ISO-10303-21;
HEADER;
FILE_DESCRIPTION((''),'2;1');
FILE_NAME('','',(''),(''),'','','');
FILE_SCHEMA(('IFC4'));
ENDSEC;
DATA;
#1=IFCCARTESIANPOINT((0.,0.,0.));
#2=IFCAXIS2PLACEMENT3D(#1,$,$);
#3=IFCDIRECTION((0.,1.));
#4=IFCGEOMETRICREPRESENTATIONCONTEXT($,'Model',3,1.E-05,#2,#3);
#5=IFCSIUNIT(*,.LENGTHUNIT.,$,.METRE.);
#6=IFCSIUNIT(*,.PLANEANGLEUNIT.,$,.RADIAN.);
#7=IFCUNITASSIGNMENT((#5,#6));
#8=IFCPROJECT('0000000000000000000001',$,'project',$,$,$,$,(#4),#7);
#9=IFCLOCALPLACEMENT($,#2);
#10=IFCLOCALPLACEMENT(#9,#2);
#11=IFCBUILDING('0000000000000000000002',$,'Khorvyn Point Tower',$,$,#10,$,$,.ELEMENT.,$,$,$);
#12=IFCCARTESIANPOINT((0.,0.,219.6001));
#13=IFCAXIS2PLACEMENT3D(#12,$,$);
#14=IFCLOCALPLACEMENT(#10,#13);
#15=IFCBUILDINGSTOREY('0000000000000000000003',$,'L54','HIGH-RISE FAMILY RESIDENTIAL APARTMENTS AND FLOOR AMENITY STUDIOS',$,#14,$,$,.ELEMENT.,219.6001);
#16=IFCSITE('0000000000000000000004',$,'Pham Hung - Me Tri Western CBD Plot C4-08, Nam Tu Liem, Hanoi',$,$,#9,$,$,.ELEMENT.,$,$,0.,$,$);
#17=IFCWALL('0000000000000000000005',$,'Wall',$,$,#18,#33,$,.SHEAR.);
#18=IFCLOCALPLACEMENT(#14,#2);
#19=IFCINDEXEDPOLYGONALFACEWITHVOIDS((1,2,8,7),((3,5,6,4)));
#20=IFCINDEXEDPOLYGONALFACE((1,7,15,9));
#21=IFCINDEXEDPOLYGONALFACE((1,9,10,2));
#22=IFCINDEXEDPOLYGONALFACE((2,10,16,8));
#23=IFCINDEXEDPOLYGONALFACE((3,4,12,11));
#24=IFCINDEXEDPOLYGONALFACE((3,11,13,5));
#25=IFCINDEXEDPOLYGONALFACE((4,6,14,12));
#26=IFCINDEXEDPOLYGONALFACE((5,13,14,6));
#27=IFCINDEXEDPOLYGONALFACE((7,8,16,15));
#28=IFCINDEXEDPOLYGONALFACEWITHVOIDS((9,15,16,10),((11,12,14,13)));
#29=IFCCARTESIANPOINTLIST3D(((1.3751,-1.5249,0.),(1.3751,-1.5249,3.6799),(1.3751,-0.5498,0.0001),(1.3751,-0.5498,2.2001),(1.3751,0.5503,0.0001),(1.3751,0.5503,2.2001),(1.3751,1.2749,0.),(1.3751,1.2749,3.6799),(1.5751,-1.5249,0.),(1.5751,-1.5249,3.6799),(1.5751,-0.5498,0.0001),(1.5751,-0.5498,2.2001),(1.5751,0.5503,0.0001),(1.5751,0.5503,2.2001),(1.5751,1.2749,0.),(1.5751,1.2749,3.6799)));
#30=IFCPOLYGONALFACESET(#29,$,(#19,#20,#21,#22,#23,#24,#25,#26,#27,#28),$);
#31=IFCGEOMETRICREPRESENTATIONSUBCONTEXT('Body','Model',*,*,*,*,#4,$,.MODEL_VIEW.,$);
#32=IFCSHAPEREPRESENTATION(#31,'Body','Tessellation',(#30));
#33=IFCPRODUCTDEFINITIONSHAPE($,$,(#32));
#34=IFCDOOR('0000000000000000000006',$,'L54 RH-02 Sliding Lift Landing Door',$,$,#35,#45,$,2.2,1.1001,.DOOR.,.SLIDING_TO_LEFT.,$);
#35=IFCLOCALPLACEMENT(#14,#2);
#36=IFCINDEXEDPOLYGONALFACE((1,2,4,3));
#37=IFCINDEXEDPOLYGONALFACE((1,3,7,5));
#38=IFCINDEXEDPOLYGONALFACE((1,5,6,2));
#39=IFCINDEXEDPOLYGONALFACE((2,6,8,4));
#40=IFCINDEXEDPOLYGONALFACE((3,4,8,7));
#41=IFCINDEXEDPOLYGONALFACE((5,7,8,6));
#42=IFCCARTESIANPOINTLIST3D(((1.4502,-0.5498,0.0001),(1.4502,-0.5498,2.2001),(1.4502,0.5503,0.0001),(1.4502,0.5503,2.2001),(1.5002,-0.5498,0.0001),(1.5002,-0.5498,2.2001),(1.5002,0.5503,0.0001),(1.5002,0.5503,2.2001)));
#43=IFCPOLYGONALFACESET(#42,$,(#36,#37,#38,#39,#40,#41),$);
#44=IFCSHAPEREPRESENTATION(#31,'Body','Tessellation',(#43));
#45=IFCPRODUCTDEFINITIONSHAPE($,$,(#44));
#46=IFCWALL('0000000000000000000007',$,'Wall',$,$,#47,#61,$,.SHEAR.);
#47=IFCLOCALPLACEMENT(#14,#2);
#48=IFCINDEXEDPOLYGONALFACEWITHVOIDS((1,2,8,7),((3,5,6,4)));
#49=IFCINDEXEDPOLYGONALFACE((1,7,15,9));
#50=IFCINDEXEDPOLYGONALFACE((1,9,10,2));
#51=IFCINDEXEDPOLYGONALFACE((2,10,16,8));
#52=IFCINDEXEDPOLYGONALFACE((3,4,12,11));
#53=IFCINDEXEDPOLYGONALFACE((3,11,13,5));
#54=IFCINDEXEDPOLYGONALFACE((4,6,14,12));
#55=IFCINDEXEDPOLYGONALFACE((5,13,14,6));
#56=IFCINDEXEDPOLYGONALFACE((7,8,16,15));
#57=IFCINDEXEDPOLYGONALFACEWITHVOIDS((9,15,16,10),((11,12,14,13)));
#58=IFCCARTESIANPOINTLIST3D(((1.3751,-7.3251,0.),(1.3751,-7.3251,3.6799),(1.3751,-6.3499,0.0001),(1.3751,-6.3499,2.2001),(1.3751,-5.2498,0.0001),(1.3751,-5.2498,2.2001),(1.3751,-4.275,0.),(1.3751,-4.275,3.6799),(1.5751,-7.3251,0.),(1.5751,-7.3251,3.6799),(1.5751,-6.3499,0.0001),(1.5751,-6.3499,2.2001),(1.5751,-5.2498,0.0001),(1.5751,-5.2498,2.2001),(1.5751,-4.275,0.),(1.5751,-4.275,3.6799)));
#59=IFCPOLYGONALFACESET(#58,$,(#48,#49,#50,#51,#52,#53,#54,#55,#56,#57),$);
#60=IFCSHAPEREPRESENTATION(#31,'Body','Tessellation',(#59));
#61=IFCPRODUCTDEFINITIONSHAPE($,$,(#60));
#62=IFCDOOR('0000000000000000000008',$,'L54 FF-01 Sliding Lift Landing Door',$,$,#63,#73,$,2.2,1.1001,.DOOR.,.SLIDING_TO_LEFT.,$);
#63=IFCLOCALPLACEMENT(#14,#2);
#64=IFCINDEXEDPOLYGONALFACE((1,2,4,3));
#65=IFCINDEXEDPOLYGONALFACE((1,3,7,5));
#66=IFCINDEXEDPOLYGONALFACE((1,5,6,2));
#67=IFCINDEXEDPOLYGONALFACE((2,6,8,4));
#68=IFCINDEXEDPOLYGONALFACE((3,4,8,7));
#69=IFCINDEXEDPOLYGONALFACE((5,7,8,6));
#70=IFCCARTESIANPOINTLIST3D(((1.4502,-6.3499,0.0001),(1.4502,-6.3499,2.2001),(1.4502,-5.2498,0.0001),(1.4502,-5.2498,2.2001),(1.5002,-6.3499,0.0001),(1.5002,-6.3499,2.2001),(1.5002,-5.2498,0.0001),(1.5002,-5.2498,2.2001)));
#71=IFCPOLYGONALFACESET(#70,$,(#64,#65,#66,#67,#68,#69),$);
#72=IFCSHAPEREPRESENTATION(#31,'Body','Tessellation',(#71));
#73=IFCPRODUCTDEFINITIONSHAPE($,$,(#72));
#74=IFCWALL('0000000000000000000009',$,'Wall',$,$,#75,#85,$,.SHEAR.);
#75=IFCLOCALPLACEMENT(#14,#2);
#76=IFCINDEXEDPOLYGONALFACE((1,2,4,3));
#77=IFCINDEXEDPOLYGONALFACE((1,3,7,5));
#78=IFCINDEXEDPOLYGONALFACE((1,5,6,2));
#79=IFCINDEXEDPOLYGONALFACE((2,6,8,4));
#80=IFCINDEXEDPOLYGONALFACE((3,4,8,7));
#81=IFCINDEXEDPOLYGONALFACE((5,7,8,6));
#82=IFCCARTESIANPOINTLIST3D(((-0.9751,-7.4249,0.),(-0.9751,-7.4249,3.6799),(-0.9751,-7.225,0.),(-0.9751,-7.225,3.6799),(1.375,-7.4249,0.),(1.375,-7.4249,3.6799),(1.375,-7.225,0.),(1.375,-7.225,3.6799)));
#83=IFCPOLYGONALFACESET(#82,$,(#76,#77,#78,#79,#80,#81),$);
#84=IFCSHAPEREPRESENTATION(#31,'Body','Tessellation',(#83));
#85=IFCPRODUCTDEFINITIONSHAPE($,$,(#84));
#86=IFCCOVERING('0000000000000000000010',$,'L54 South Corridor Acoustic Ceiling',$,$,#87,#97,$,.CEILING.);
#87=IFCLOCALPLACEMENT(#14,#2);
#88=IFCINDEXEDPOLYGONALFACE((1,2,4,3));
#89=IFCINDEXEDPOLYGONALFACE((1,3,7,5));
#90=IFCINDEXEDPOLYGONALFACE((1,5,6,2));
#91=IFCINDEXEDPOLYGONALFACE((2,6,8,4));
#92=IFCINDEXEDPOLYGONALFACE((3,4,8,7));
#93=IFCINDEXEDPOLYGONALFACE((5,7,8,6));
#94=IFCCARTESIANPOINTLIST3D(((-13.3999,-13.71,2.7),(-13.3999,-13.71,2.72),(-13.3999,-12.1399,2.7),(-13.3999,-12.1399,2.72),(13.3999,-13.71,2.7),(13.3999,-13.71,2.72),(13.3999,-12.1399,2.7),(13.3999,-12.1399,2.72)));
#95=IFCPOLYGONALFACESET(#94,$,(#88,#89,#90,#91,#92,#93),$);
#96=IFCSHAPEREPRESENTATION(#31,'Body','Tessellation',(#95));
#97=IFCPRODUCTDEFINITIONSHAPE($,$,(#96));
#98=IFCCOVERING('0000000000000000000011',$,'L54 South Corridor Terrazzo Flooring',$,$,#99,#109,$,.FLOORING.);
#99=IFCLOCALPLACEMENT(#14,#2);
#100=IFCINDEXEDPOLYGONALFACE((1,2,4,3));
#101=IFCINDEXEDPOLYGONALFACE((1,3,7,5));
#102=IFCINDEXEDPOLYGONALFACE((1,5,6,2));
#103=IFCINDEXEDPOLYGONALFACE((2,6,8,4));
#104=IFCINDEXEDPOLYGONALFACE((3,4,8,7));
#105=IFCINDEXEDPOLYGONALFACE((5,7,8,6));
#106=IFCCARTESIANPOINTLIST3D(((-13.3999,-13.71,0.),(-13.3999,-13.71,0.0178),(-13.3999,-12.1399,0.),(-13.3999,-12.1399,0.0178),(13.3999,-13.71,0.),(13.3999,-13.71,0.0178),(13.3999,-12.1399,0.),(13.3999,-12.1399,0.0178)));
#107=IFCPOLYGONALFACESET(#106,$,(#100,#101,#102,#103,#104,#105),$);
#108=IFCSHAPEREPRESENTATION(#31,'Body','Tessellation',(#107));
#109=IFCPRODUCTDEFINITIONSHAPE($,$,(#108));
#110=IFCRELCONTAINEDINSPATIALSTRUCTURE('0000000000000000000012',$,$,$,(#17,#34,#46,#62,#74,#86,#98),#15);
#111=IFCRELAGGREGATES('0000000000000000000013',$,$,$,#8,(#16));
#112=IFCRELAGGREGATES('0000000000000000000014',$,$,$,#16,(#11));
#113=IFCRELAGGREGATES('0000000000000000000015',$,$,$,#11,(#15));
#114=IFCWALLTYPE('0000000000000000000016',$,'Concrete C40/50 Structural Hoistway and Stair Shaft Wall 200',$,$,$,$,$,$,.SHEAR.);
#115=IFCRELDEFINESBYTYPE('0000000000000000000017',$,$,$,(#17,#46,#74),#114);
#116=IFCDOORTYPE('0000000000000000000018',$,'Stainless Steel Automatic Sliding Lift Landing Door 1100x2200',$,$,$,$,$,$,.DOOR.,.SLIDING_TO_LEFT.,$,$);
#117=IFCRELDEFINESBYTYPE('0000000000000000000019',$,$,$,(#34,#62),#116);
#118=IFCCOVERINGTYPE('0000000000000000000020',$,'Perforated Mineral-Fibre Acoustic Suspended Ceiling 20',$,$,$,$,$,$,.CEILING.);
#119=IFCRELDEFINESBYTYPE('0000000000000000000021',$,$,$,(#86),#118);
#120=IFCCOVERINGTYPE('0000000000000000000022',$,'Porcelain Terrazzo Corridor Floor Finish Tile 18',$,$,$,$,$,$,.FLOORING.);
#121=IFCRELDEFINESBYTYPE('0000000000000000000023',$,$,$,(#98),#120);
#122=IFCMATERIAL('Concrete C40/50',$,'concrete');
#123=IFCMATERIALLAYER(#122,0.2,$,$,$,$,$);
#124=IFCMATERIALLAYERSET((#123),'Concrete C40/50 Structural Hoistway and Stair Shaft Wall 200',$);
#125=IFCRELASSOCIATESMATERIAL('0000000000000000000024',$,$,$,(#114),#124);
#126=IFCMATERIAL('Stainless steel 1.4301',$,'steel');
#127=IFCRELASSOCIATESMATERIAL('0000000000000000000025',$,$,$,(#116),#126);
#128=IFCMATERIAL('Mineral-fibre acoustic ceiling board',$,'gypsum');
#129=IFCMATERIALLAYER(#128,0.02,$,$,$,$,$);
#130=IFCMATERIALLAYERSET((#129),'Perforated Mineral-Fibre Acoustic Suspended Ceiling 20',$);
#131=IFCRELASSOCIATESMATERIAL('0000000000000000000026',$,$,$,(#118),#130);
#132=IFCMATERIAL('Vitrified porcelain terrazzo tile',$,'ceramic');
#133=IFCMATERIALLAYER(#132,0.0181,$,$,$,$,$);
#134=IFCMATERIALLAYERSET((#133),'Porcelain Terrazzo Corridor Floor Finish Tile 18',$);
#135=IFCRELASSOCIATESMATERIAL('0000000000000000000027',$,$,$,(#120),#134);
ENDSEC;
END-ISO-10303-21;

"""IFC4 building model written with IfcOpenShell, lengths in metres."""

from ifc_helpers import new_model, si_unit, direction, frame, frame_2d, origin, place, context, subcontext, project, spatial, polyline, rectangle, outline, extrude, material, layer, layer_set, type_object, element, fill, save


model = new_model("IFC4")

# Units and contexts
model_context = context("Model", 3, precision=1e-05, world=origin(), true_north=direction((0.0, 1.0)))
body_context = subcontext(model_context, "Body", "Model", "MODEL_VIEW")
ifc_project = project(units=[si_unit("LENGTHUNIT", "METRE"), si_unit("PLANEANGLEUNIT", "RADIAN")], contexts=[model_context])

# Site, building, storey
site_placement = place(None, origin())
site = spatial("IfcSite", under=ifc_project, at=site_placement, Name="Pham Hung - Me Tri Western CBD Plot C4-08, Nam Tu Liem, Hanoi", CompositionType="ELEMENT", RefElevation=0.0)
building_placement = place(site_placement, origin())
building = spatial("IfcBuilding", under=site, at=building_placement, Name="Khorvyn Point Tower", CompositionType="ELEMENT")
storey_placement = place(building_placement, frame((0.0, 0.0, 219.6001)))
storey = spatial("IfcBuildingStorey", under=building, at=storey_placement, Name="L54", Description="HIGH-RISE FAMILY RESIDENTIAL APARTMENTS AND FLOOR AMENITY STUDIOS", CompositionType="ELEMENT", Elevation=219.6001)

# Shared definitions
ifc_material_1 = material(Name="Concrete C40/50", Category="concrete")

# Shared definitions
ifc_layer_1 = layer(ifc_material_1, 0.2)
ifc_layer_set_1 = layer_set([ifc_layer_1], Name="Concrete C40/50 Structural Hoistway and Stair Shaft Wall 200")
wall_type_1 = type_object("IfcWallType", Name="Concrete C40/50 Structural Hoistway and Stair Shaft Wall 200", PredefinedType="SHEAR", material=ifc_layer_set_1)

# Shared definitions
ifc_material_2 = material(Name="Stainless steel 1.4301", Category="steel")
door_type = type_object("IfcDoorType", Name="Stainless Steel Automatic Sliding Lift Landing Door 1100x2200", OperationType="SLIDING_TO_LEFT", PredefinedType="DOOR", material=ifc_material_2)

# Walls, openings, doors
wall_1_placement = place(storey_placement, frame((1.4751, -1.5249, 0.0), z_axis=(0.0, 0.0, 1.0), x_axis=(0.0, 1.0, 0.0)))
wall_1 = element("IfcWall", 1, at=wall_1_placement, inside=storey, type_object=wall_type_1, Name="Wall", PredefinedType="SHEAR", context=body_context, shape_type="SweptSolid", body=[
    extrude(rectangle(XDim=2.7998, YDim=0.2, at=frame_2d((1.3999, 0.0))), origin(), (0.0, 0.0, 1.0), 3.6799),
])
opening_1_placement = place(wall_1_placement, frame((0.9751, 0.0, 0.0)))
opening_1 = element("IfcOpeningElement", 2, at=opening_1_placement, cuts=wall_1, PredefinedType="OPENING", context=body_context, shape_type="SweptSolid", body=[
    extrude(rectangle(XDim=1.1001, YDim=2.2, at=frame_2d((0.55, 1.1001))), frame((0.0, 0.1099, 0.0), z_axis=(0.0, -1.0, 0.0), x_axis=(1.0, 0.0, 0.0)), (0.0, 0.0, 1.0), 0.22),
])
door_1_placement = place(opening_1_placement, origin())
door_1 = element("IfcDoor", 3, at=door_1_placement, inside=storey, type_object=door_type, Name="L54 RH-02 Sliding Lift Landing Door", OperationType="SLIDING_TO_LEFT", OverallHeight=2.2, OverallWidth=1.1001, PredefinedType="DOOR", context=body_context, shape_type="SweptSolid", body=[
    extrude(rectangle(XDim=1.1001, YDim=2.2, at=frame_2d((0.55, 1.1001))), frame((0.0, 0.0249, 0.0), z_axis=(0.0, -1.0, 0.0), x_axis=(1.0, 0.0, 0.0)), (0.0, 0.0, 1.0), 0.05),
])
fill(opening_1, door_1)
wall_2_placement = place(storey_placement, frame((1.4751, -7.325, 0.0), z_axis=(0.0, 0.0, 1.0), x_axis=(0.0, 1.0, 0.0)))
wall_2 = element("IfcWall", 4, at=wall_2_placement, inside=storey, type_object=wall_type_1, Name="Wall", PredefinedType="SHEAR", context=body_context, shape_type="SweptSolid", body=[
    extrude(rectangle(XDim=3.05, YDim=0.2, at=frame_2d((1.5249, 0.0))), origin(), (0.0, 0.0, 1.0), 3.6799),
])
opening_2_placement = place(wall_2_placement, frame((0.9751, 0.0, 0.0)))
opening_2 = element("IfcOpeningElement", 5, at=opening_2_placement, cuts=wall_2, PredefinedType="OPENING", context=body_context, shape_type="SweptSolid", body=[
    extrude(rectangle(XDim=1.1001, YDim=2.2, at=frame_2d((0.55, 1.1001))), frame((0.0, 0.1099, 0.0), z_axis=(0.0, -1.0, 0.0), x_axis=(1.0, 0.0, 0.0)), (0.0, 0.0, 1.0), 0.22),
])
door_2_placement = place(opening_2_placement, origin())
door_2 = element("IfcDoor", 6, at=door_2_placement, inside=storey, type_object=door_type, Name="L54 FF-01 Sliding Lift Landing Door", OperationType="SLIDING_TO_LEFT", OverallHeight=2.2, OverallWidth=1.1001, PredefinedType="DOOR", context=body_context, shape_type="SweptSolid", body=[
    extrude(rectangle(XDim=1.1001, YDim=2.2, at=frame_2d((0.55, 1.1001))), frame((0.0, 0.0249, 0.0), z_axis=(0.0, -1.0, 0.0), x_axis=(1.0, 0.0, 0.0)), (0.0, 0.0, 1.0), 0.05),
])
fill(opening_2, door_2)

# Wall
wall_3_placement = place(storey_placement, frame((-0.9751, -7.325, 0.0), z_axis=(0.0, 0.0, 1.0), x_axis=(1.0, 0.0, 0.0)))
element("IfcWall", 7, at=wall_3_placement, inside=storey, type_object=wall_type_1, Name="Wall", PredefinedType="SHEAR", context=body_context, shape_type="SweptSolid", body=[
    extrude(rectangle(XDim=2.3501, YDim=0.2, at=frame_2d((1.175, 0.0))), origin(), (0.0, 0.0, 1.0), 3.6799),
])

# Coverings
ifc_material_3 = material(Name="Mineral-fibre acoustic ceiling board", Category="gypsum")
ifc_layer_2 = layer(ifc_material_3, 0.02)
ifc_layer_set_2 = layer_set([ifc_layer_2], Name="Perforated Mineral-Fibre Acoustic Suspended Ceiling 20")
covering_type_1 = type_object("IfcCoveringType", Name="Perforated Mineral-Fibre Acoustic Suspended Ceiling 20", PredefinedType="CEILING", material=ifc_layer_set_2)
covering_1_placement = place(storey_placement, frame((0.0, 0.0, 2.7)))
element("IfcCovering", 8, at=covering_1_placement, inside=storey, type_object=covering_type_1, Name="L54 South Corridor Acoustic Ceiling", PredefinedType="CEILING", context=body_context, shape_type="SweptSolid", body=[
    extrude(outline(polyline([(-13.3999, -13.71), (13.3999, -13.71), (13.3999, -12.1399), (-13.3999, -12.1399), (-13.3999, -13.71)])), origin(), (0.0, 0.0, 1.0), 0.02),
])
ifc_material_4 = material(Name="Vitrified porcelain terrazzo tile", Category="ceramic")
ifc_layer_3 = layer(ifc_material_4, 0.0181)
ifc_layer_set_3 = layer_set([ifc_layer_3], Name="Porcelain Terrazzo Corridor Floor Finish Tile 18")
covering_type_2 = type_object("IfcCoveringType", Name="Porcelain Terrazzo Corridor Floor Finish Tile 18", PredefinedType="FLOORING", material=ifc_layer_set_3)
covering_2_placement = place(storey_placement, origin())
element("IfcCovering", 9, at=covering_2_placement, inside=storey, type_object=covering_type_2, Name="L54 South Corridor Terrazzo Flooring", PredefinedType="FLOORING", context=body_context, shape_type="SweptSolid", body=[
    extrude(outline(polyline([(-13.3999, -13.71), (13.3999, -13.71), (13.3999, -12.1399), (-13.3999, -12.1399), (-13.3999, -13.71)])), origin(), (0.0, 0.0, 1.0), 0.0178),
])

save(model, "model.ifc")
